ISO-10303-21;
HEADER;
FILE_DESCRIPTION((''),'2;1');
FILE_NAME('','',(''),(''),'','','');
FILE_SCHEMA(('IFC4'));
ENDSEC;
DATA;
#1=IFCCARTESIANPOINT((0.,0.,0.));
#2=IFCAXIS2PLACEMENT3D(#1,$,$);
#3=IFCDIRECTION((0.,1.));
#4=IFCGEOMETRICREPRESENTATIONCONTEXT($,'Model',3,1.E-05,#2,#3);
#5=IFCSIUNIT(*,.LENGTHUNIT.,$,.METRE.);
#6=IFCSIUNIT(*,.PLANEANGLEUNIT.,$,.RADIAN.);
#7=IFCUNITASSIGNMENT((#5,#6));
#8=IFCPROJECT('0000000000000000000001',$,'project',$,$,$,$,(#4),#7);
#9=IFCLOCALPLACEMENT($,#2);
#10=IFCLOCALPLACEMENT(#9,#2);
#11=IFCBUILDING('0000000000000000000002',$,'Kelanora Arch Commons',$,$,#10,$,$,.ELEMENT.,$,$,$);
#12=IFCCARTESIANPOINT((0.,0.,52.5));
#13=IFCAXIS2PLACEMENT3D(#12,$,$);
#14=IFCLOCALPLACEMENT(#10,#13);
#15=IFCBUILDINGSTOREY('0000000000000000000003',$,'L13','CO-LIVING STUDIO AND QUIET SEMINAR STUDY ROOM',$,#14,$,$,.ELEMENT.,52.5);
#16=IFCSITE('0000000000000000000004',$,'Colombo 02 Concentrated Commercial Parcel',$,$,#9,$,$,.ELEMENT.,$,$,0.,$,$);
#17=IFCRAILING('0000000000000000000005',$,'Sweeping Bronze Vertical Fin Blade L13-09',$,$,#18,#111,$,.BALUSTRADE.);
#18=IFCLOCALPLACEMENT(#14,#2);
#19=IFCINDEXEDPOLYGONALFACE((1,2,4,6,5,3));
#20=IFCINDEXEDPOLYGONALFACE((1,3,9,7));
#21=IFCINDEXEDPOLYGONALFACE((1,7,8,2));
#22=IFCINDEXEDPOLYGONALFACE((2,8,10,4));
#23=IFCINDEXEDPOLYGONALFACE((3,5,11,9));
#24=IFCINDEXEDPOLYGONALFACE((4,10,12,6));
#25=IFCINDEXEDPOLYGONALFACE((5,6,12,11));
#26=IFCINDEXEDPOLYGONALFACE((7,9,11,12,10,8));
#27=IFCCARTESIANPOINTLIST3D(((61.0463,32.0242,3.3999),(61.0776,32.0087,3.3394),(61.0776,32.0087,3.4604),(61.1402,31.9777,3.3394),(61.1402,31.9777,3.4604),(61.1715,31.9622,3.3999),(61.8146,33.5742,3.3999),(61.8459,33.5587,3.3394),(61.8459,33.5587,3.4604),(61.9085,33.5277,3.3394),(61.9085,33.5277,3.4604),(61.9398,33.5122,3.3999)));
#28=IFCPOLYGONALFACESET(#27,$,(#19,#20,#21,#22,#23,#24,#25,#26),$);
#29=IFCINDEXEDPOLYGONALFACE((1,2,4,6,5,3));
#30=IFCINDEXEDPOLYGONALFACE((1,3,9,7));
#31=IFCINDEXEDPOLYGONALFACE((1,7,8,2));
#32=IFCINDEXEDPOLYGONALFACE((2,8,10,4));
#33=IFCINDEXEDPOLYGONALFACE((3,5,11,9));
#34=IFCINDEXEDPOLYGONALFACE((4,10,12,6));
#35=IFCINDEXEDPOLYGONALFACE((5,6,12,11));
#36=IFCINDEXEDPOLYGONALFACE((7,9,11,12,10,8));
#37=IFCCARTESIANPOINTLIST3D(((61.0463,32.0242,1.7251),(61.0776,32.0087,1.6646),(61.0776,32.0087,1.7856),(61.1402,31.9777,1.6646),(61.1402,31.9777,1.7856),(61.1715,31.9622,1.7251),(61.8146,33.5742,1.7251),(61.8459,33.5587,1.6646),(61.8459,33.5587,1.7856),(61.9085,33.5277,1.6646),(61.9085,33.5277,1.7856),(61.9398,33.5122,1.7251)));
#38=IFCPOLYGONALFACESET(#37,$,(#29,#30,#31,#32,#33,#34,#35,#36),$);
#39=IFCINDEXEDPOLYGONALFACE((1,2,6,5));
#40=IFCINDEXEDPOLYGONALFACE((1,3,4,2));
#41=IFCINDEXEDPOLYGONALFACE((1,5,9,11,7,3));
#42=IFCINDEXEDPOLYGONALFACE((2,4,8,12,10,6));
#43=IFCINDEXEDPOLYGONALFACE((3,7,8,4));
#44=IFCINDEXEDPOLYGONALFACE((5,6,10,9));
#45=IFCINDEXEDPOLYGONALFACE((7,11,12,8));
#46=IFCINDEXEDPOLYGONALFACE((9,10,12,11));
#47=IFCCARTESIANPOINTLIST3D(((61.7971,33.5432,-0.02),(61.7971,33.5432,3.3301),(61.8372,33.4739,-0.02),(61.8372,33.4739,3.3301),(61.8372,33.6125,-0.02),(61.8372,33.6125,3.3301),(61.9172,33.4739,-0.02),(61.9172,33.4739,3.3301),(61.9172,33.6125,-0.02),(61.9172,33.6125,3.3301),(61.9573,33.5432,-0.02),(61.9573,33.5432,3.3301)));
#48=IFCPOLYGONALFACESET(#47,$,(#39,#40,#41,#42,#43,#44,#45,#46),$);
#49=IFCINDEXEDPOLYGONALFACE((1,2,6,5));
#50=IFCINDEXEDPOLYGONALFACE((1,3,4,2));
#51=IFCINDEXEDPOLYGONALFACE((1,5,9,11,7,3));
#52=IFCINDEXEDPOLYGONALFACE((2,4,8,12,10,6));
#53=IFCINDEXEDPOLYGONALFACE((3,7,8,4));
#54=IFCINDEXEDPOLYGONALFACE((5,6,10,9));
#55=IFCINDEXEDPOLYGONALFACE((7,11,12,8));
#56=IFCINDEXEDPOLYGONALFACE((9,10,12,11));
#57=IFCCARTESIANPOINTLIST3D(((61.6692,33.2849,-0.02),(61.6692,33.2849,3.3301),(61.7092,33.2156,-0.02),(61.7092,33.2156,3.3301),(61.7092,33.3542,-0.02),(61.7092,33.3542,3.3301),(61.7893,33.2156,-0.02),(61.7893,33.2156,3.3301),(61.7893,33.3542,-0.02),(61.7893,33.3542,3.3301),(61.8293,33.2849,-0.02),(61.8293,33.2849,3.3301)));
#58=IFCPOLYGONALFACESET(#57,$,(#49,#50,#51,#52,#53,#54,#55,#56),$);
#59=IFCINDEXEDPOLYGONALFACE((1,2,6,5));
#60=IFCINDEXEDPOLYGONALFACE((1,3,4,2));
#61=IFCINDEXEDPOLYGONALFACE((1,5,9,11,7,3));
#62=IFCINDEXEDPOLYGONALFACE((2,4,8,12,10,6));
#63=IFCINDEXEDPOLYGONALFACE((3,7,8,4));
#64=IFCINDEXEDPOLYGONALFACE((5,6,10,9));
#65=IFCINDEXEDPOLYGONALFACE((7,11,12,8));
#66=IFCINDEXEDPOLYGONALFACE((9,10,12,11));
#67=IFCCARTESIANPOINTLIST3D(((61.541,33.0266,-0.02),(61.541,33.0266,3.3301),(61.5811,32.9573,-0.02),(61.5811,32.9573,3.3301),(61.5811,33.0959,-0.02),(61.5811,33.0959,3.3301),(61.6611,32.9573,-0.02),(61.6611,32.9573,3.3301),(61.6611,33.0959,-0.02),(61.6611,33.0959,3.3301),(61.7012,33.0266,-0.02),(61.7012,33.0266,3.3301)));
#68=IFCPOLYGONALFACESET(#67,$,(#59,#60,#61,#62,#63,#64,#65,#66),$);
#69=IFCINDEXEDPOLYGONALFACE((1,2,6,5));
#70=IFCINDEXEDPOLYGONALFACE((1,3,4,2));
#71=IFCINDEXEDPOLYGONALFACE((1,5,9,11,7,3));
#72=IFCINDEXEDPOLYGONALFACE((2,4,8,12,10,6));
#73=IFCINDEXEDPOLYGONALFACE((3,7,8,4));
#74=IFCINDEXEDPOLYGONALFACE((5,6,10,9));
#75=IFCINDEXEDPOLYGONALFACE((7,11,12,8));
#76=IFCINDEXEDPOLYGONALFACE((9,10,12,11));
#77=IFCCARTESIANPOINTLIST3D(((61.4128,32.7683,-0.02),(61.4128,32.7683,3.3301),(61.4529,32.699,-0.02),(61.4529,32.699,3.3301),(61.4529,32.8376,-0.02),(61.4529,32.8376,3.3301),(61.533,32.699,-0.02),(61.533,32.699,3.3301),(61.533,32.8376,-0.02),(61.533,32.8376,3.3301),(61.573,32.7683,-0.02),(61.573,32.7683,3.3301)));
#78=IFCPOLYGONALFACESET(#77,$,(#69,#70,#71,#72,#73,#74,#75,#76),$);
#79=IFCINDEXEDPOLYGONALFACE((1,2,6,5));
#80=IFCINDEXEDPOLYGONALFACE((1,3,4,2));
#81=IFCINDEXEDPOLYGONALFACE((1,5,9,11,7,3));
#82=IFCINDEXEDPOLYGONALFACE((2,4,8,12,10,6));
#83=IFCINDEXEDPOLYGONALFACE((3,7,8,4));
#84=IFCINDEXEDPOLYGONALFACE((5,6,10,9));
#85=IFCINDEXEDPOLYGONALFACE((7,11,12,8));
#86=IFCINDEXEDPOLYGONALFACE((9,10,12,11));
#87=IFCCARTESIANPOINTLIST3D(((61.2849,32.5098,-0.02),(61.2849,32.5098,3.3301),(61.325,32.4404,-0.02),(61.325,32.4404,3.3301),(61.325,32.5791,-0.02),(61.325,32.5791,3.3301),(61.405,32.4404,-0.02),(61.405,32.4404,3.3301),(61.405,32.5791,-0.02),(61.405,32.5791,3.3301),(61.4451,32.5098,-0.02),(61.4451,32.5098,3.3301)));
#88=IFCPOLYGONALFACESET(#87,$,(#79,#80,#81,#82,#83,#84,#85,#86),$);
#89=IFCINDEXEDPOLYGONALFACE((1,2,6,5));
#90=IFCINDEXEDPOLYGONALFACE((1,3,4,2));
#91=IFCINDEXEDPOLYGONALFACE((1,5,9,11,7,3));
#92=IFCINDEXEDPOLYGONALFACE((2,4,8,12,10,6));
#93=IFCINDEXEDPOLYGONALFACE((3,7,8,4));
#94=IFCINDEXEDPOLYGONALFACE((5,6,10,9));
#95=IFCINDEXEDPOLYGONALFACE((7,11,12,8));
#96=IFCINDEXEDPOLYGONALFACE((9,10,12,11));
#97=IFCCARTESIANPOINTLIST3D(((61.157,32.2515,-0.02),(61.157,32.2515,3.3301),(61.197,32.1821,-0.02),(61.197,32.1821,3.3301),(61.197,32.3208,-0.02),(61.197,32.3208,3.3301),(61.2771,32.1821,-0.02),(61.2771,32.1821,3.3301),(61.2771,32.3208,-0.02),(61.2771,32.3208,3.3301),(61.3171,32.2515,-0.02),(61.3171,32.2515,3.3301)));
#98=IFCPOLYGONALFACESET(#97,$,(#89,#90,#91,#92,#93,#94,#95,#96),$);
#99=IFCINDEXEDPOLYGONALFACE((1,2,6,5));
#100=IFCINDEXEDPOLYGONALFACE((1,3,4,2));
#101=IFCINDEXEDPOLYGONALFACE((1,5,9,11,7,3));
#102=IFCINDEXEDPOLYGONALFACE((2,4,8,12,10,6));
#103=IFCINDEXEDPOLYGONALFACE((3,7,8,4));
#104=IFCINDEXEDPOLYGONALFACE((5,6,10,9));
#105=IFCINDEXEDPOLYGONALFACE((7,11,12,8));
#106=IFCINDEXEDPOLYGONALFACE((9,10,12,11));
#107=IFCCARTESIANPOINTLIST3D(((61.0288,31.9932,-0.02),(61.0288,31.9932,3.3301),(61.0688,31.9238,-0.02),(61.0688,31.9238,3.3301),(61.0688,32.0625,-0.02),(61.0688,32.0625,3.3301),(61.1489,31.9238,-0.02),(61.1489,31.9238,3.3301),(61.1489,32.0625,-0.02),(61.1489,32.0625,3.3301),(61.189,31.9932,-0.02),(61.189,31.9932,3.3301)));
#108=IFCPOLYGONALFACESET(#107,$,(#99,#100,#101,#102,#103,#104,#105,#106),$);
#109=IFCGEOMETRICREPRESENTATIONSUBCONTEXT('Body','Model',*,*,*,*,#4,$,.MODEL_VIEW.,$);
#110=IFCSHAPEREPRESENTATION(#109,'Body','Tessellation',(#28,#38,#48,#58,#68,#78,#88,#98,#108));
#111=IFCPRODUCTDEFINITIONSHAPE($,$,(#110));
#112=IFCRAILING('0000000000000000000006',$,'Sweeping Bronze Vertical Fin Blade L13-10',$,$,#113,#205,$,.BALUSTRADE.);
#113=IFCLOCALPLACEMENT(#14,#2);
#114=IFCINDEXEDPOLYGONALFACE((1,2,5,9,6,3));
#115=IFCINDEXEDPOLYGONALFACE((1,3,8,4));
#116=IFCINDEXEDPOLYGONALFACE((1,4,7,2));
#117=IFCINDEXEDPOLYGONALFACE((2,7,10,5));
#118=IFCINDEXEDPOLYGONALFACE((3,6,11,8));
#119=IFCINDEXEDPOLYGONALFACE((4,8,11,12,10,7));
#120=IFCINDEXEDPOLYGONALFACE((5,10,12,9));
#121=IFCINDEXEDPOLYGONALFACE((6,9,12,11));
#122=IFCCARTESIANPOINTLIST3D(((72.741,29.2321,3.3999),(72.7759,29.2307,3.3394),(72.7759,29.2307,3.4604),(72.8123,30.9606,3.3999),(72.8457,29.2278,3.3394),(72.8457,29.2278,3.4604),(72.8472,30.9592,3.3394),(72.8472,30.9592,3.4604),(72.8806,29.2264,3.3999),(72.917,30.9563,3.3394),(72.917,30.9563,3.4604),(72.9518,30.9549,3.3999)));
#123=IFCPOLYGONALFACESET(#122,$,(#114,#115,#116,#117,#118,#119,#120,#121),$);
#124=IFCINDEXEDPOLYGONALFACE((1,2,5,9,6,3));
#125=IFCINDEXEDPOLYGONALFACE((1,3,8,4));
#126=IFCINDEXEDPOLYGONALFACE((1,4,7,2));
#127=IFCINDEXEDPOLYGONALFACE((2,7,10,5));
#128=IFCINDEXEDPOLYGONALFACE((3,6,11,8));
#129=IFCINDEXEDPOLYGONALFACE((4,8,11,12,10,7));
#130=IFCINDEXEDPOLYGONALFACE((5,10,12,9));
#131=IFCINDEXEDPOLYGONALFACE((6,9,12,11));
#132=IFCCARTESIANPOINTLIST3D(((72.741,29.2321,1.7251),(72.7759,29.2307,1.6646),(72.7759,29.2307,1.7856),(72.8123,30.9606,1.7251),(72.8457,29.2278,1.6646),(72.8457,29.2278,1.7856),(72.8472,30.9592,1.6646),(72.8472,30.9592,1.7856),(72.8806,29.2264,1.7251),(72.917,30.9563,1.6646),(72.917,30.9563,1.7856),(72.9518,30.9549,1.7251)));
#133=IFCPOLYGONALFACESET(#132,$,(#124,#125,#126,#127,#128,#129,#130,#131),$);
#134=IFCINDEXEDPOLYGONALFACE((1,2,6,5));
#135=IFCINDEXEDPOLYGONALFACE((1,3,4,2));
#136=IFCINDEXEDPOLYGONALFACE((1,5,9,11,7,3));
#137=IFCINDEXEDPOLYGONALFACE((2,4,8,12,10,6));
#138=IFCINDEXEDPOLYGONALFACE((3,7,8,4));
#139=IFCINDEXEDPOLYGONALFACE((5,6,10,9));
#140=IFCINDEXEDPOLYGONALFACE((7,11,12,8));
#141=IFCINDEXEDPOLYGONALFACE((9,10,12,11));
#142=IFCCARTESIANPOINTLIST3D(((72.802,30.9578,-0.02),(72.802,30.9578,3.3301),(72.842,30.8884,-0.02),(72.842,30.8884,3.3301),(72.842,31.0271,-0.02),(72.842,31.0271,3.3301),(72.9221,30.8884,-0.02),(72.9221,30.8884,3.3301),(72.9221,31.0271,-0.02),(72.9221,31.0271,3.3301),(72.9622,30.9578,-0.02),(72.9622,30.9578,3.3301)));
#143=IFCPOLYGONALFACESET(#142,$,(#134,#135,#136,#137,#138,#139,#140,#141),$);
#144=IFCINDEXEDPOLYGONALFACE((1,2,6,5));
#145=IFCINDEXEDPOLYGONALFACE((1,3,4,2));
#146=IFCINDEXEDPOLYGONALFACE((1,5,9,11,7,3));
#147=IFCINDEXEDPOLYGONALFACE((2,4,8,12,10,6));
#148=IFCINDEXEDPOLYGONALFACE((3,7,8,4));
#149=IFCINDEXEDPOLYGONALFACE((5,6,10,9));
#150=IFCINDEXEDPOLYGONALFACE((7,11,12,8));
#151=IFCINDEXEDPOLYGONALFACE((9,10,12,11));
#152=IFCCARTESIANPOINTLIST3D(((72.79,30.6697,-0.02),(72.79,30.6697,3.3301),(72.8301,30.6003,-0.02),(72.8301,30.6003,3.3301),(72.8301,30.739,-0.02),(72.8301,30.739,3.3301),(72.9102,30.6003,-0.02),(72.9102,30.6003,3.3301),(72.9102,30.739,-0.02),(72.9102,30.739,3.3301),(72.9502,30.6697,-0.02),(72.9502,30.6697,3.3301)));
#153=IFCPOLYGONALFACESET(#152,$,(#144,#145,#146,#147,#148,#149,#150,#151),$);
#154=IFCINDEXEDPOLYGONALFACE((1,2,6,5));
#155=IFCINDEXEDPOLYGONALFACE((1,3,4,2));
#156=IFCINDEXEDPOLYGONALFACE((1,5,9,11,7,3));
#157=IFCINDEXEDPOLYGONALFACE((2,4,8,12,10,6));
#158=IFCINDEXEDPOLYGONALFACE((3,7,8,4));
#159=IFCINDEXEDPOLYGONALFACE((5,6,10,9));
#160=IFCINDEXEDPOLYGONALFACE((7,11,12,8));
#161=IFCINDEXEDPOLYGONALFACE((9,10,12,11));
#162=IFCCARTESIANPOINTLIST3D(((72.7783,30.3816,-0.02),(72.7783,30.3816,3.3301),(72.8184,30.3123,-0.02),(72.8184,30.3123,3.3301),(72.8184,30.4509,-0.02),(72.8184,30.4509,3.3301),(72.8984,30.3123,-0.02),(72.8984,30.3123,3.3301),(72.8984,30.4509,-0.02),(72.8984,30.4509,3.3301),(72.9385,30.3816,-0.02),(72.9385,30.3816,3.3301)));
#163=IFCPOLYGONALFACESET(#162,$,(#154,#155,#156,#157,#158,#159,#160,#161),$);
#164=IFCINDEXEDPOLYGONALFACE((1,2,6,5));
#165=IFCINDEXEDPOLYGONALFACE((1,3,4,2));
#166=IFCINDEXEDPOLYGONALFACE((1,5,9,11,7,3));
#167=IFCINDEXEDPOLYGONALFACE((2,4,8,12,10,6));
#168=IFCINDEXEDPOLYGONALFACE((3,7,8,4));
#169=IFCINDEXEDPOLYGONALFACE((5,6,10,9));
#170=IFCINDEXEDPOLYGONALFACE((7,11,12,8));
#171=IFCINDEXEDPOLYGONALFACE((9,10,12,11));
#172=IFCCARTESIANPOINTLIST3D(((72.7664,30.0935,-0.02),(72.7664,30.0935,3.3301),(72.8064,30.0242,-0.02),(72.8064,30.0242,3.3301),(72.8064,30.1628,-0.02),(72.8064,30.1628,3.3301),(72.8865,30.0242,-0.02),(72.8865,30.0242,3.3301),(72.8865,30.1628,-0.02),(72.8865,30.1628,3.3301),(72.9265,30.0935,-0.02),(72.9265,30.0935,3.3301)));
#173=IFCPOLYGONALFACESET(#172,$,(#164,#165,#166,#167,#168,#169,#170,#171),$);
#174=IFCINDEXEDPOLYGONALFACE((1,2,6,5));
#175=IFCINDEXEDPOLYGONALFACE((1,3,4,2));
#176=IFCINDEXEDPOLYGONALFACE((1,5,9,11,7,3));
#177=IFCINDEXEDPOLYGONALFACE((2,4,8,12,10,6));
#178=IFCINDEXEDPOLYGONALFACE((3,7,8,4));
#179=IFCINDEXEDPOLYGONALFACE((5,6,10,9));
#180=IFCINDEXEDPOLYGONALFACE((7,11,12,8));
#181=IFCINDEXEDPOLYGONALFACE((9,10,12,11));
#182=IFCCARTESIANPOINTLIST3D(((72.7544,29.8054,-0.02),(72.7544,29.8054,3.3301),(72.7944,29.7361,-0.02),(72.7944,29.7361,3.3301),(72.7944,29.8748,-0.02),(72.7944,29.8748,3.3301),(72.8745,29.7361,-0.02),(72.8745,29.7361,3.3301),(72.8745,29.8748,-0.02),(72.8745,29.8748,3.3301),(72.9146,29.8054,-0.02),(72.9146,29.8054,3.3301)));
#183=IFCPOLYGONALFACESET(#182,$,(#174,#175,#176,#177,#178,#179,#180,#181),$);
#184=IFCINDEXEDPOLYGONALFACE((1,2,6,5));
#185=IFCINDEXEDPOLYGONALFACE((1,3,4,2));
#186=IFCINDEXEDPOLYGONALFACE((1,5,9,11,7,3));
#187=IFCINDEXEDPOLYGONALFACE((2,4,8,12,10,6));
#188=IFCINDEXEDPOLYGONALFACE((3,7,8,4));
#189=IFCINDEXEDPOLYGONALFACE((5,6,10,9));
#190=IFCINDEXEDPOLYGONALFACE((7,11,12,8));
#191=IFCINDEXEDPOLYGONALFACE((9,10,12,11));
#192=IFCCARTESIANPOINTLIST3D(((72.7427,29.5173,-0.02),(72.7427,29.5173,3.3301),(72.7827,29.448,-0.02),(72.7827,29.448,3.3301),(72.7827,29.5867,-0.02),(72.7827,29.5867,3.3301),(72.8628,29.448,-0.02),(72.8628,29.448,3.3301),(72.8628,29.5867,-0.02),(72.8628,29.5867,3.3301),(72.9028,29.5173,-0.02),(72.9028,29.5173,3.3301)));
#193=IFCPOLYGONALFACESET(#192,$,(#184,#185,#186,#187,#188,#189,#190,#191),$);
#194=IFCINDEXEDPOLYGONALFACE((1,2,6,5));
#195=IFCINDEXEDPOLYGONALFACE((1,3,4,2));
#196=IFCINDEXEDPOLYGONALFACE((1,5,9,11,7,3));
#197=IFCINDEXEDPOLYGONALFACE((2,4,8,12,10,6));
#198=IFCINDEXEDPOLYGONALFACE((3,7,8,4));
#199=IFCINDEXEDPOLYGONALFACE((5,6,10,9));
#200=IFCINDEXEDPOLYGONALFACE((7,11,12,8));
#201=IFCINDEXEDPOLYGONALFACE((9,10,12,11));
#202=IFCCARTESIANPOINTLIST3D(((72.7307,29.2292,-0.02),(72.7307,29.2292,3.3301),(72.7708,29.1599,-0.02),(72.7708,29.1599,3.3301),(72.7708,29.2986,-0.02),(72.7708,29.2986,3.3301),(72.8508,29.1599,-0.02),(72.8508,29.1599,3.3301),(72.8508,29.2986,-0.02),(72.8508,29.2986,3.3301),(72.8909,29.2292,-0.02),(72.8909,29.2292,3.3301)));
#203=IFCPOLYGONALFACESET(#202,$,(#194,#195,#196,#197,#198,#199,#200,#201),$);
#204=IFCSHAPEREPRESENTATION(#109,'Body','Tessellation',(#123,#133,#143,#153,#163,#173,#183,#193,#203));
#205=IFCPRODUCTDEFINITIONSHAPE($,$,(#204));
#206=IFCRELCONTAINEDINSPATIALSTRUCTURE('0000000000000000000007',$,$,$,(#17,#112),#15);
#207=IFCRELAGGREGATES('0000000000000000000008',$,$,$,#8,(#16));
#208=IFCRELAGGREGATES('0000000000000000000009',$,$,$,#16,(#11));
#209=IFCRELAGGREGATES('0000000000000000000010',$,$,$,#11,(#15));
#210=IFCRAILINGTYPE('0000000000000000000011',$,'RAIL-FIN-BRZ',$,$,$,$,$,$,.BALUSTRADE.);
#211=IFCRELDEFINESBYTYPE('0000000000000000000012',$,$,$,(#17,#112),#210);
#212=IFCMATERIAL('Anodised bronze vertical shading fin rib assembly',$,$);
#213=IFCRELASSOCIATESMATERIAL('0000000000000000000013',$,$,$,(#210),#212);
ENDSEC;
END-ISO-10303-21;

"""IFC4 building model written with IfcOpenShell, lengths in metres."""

from ifc_helpers import new_model, si_unit, direction, frame, origin, place, context, subcontext, project, spatial, polyline, outline, extrude, material, type_object, element, save


model = new_model("IFC4")

# Units and contexts
model_context = context("Model", 3, precision=1e-05, world=origin(), true_north=direction((0.0, 1.0)))
body_context = subcontext(model_context, "Body", "Model", "MODEL_VIEW")
ifc_project = project(units=[si_unit("LENGTHUNIT", "METRE"), si_unit("PLANEANGLEUNIT", "RADIAN")], contexts=[model_context])

# Site, building, storey
site_placement = place(None, origin())
site = spatial("IfcSite", under=ifc_project, at=site_placement, Name="Colombo 02 Concentrated Commercial Parcel", CompositionType="ELEMENT", RefElevation=0.0)
building_placement = place(site_placement, origin())
building = spatial("IfcBuilding", under=site, at=building_placement, Name="Kelanora Arch Commons", CompositionType="ELEMENT")
storey_placement = place(building_placement, frame((0.0, 0.0, 52.5)))
storey = spatial("IfcBuildingStorey", under=building, at=storey_placement, Name="L13", Description="CO-LIVING STUDIO AND QUIET SEMINAR STUDY ROOM", CompositionType="ELEMENT", Elevation=52.5)

# Railings
ifc_material_1 = material(Name="Anodised bronze vertical shading fin rib assembly")
railing_type = type_object("IfcRailingType", Name="RAIL-FIN-BRZ", PredefinedType="BALUSTRADE", material=ifc_material_1)
railing_1_placement = place(storey_placement, frame((61.8772, 33.5432, -0.02)))
element("IfcRailing", 1, at=railing_1_placement, inside=storey, type_object=railing_type, Name="Sweeping Bronze Vertical Fin Blade L13-09", PredefinedType="BALUSTRADE", context=body_context, shape_type="SweptSolid", body=[
    extrude(outline(polyline([(0.0698, 0.0), (0.0349, 0.0605), (-0.0349, 0.0605), (-0.0698, 0.0), (-0.0349, -0.0605), (0.0349, -0.0605), (0.0698, 0.0)])), frame((0.0, 0.0, 3.4199), z_axis=(-0.444106, -0.895974, 0.0), x_axis=(0.895974, -0.444106, 0.0)), (0.0, 0.0, 1.0), 1.73),
    extrude(outline(polyline([(0.0698, 0.0), (0.0349, 0.0605), (-0.0349, 0.0605), (-0.0698, 0.0), (-0.0349, -0.0605), (0.0349, -0.0605), (0.0698, 0.0)])), frame((0.0, 0.0, 1.7451), z_axis=(-0.444106, -0.895974, 0.0), x_axis=(0.895974, -0.444106, 0.0)), (0.0, 0.0, 1.0), 1.73),
    extrude(outline(polyline([(0.0801, 0.0), (0.04, 0.0693), (-0.04, 0.0693), (-0.0801, 0.0), (-0.04, -0.0693), (0.04, -0.0693), (0.0801, 0.0)])), origin(), (0.0, 0.0, 1.0), 3.3501),
    extrude(outline(polyline([(0.0801, 0.0), (0.04, 0.0693), (-0.04, 0.0693), (-0.0801, 0.0), (-0.04, -0.0693), (0.04, -0.0693), (0.0801, 0.0)])), frame((-0.1279, -0.2583, 0.0)), (0.0, 0.0, 1.0), 3.3501),
    extrude(outline(polyline([(0.0801, 0.0), (0.04, 0.0693), (-0.04, 0.0693), (-0.0801, 0.0), (-0.04, -0.0693), (0.04, -0.0693), (0.0801, 0.0)])), frame((-0.2561, -0.5166, 0.0)), (0.0, 0.0, 1.0), 3.3501),
    extrude(outline(polyline([(0.0801, 0.0), (0.04, 0.0693), (-0.04, 0.0693), (-0.0801, 0.0), (-0.04, -0.0693), (0.04, -0.0693), (0.0801, 0.0)])), frame((-0.3843, -0.7749, 0.0)), (0.0, 0.0, 1.0), 3.3501),
    extrude(outline(polyline([(0.0801, 0.0), (0.04, 0.0693), (-0.04, 0.0693), (-0.0801, 0.0), (-0.04, -0.0693), (0.04, -0.0693), (0.0801, 0.0)])), frame((-0.5122, -1.0334, 0.0)), (0.0, 0.0, 1.0), 3.3501),
    extrude(outline(polyline([(0.0801, 0.0), (0.04, 0.0693), (-0.04, 0.0693), (-0.0801, 0.0), (-0.04, -0.0693), (0.04, -0.0693), (0.0801, 0.0)])), frame((-0.6401, -1.2917, 0.0)), (0.0, 0.0, 1.0), 3.3501),
    extrude(outline(polyline([(0.0801, 0.0), (0.04, 0.0693), (-0.04, 0.0693), (-0.0801, 0.0), (-0.04, -0.0693), (0.04, -0.0693), (0.0801, 0.0)])), frame((-0.7683, -1.55, 0.0)), (0.0, 0.0, 1.0), 3.3501),
])
railing_2_placement = place(storey_placement, frame((72.8821, 30.9578, -0.02)))
element("IfcRailing", 2, at=railing_2_placement, inside=storey, type_object=railing_type, Name="Sweeping Bronze Vertical Fin Blade L13-10", PredefinedType="BALUSTRADE", context=body_context, shape_type="SweptSolid", body=[
    extrude(outline(polyline([(0.0698, 0.0), (0.0349, 0.0605), (-0.0349, 0.0605), (-0.0698, 0.0), (-0.0349, -0.0605), (0.0349, -0.0605), (0.0698, 0.0)])), frame((0.0, 0.0, 3.4199), z_axis=(-0.041208, -0.999151, 0.0), x_axis=(0.999151, -0.041208, 0.0)), (0.0, 0.0, 1.0), 1.73),
    extrude(outline(polyline([(0.0698, 0.0), (0.0349, 0.0605), (-0.0349, 0.0605), (-0.0698, 0.0), (-0.0349, -0.0605), (0.0349, -0.0605), (0.0698, 0.0)])), frame((0.0, 0.0, 1.7451), z_axis=(-0.041208, -0.999151, 0.0), x_axis=(0.999151, -0.041208, 0.0)), (0.0, 0.0, 1.0), 1.73),
    extrude(outline(polyline([(0.0801, 0.0), (0.04, 0.0693), (-0.04, 0.0693), (-0.0801, 0.0), (-0.04, -0.0693), (0.04, -0.0693), (0.0801, 0.0)])), origin(), (0.0, 0.0, 1.0), 3.3501),
    extrude(outline(polyline([(0.0801, 0.0), (0.04, 0.0693), (-0.04, 0.0693), (-0.0801, 0.0), (-0.04, -0.0693), (0.04, -0.0693), (0.0801, 0.0)])), frame((-0.012, -0.2881, 0.0)), (0.0, 0.0, 1.0), 3.3501),
    extrude(outline(polyline([(0.0801, 0.0), (0.04, 0.0693), (-0.04, 0.0693), (-0.0801, 0.0), (-0.04, -0.0693), (0.04, -0.0693), (0.0801, 0.0)])), frame((-0.0237, -0.5762, 0.0)), (0.0, 0.0, 1.0), 3.3501),
    extrude(outline(polyline([(0.0801, 0.0), (0.04, 0.0693), (-0.04, 0.0693), (-0.0801, 0.0), (-0.04, -0.0693), (0.04, -0.0693), (0.0801, 0.0)])), frame((-0.0356, -0.8643, 0.0)), (0.0, 0.0, 1.0), 3.3501),
    extrude(outline(polyline([(0.0801, 0.0), (0.04, 0.0693), (-0.04, 0.0693), (-0.0801, 0.0), (-0.04, -0.0693), (0.04, -0.0693), (0.0801, 0.0)])), frame((-0.0476, -1.1523, 0.0)), (0.0, 0.0, 1.0), 3.3501),
    extrude(outline(polyline([(0.0801, 0.0), (0.04, 0.0693), (-0.04, 0.0693), (-0.0801, 0.0), (-0.04, -0.0693), (0.04, -0.0693), (0.0801, 0.0)])), frame((-0.0593, -1.4404, 0.0)), (0.0, 0.0, 1.0), 3.3501),
    extrude(outline(polyline([(0.0801, 0.0), (0.04, 0.0693), (-0.04, 0.0693), (-0.0801, 0.0), (-0.04, -0.0693), (0.04, -0.0693), (0.0801, 0.0)])), frame((-0.0713, -1.7285, 0.0)), (0.0, 0.0, 1.0), 3.3501),
])

save(model, "model.ifc")
